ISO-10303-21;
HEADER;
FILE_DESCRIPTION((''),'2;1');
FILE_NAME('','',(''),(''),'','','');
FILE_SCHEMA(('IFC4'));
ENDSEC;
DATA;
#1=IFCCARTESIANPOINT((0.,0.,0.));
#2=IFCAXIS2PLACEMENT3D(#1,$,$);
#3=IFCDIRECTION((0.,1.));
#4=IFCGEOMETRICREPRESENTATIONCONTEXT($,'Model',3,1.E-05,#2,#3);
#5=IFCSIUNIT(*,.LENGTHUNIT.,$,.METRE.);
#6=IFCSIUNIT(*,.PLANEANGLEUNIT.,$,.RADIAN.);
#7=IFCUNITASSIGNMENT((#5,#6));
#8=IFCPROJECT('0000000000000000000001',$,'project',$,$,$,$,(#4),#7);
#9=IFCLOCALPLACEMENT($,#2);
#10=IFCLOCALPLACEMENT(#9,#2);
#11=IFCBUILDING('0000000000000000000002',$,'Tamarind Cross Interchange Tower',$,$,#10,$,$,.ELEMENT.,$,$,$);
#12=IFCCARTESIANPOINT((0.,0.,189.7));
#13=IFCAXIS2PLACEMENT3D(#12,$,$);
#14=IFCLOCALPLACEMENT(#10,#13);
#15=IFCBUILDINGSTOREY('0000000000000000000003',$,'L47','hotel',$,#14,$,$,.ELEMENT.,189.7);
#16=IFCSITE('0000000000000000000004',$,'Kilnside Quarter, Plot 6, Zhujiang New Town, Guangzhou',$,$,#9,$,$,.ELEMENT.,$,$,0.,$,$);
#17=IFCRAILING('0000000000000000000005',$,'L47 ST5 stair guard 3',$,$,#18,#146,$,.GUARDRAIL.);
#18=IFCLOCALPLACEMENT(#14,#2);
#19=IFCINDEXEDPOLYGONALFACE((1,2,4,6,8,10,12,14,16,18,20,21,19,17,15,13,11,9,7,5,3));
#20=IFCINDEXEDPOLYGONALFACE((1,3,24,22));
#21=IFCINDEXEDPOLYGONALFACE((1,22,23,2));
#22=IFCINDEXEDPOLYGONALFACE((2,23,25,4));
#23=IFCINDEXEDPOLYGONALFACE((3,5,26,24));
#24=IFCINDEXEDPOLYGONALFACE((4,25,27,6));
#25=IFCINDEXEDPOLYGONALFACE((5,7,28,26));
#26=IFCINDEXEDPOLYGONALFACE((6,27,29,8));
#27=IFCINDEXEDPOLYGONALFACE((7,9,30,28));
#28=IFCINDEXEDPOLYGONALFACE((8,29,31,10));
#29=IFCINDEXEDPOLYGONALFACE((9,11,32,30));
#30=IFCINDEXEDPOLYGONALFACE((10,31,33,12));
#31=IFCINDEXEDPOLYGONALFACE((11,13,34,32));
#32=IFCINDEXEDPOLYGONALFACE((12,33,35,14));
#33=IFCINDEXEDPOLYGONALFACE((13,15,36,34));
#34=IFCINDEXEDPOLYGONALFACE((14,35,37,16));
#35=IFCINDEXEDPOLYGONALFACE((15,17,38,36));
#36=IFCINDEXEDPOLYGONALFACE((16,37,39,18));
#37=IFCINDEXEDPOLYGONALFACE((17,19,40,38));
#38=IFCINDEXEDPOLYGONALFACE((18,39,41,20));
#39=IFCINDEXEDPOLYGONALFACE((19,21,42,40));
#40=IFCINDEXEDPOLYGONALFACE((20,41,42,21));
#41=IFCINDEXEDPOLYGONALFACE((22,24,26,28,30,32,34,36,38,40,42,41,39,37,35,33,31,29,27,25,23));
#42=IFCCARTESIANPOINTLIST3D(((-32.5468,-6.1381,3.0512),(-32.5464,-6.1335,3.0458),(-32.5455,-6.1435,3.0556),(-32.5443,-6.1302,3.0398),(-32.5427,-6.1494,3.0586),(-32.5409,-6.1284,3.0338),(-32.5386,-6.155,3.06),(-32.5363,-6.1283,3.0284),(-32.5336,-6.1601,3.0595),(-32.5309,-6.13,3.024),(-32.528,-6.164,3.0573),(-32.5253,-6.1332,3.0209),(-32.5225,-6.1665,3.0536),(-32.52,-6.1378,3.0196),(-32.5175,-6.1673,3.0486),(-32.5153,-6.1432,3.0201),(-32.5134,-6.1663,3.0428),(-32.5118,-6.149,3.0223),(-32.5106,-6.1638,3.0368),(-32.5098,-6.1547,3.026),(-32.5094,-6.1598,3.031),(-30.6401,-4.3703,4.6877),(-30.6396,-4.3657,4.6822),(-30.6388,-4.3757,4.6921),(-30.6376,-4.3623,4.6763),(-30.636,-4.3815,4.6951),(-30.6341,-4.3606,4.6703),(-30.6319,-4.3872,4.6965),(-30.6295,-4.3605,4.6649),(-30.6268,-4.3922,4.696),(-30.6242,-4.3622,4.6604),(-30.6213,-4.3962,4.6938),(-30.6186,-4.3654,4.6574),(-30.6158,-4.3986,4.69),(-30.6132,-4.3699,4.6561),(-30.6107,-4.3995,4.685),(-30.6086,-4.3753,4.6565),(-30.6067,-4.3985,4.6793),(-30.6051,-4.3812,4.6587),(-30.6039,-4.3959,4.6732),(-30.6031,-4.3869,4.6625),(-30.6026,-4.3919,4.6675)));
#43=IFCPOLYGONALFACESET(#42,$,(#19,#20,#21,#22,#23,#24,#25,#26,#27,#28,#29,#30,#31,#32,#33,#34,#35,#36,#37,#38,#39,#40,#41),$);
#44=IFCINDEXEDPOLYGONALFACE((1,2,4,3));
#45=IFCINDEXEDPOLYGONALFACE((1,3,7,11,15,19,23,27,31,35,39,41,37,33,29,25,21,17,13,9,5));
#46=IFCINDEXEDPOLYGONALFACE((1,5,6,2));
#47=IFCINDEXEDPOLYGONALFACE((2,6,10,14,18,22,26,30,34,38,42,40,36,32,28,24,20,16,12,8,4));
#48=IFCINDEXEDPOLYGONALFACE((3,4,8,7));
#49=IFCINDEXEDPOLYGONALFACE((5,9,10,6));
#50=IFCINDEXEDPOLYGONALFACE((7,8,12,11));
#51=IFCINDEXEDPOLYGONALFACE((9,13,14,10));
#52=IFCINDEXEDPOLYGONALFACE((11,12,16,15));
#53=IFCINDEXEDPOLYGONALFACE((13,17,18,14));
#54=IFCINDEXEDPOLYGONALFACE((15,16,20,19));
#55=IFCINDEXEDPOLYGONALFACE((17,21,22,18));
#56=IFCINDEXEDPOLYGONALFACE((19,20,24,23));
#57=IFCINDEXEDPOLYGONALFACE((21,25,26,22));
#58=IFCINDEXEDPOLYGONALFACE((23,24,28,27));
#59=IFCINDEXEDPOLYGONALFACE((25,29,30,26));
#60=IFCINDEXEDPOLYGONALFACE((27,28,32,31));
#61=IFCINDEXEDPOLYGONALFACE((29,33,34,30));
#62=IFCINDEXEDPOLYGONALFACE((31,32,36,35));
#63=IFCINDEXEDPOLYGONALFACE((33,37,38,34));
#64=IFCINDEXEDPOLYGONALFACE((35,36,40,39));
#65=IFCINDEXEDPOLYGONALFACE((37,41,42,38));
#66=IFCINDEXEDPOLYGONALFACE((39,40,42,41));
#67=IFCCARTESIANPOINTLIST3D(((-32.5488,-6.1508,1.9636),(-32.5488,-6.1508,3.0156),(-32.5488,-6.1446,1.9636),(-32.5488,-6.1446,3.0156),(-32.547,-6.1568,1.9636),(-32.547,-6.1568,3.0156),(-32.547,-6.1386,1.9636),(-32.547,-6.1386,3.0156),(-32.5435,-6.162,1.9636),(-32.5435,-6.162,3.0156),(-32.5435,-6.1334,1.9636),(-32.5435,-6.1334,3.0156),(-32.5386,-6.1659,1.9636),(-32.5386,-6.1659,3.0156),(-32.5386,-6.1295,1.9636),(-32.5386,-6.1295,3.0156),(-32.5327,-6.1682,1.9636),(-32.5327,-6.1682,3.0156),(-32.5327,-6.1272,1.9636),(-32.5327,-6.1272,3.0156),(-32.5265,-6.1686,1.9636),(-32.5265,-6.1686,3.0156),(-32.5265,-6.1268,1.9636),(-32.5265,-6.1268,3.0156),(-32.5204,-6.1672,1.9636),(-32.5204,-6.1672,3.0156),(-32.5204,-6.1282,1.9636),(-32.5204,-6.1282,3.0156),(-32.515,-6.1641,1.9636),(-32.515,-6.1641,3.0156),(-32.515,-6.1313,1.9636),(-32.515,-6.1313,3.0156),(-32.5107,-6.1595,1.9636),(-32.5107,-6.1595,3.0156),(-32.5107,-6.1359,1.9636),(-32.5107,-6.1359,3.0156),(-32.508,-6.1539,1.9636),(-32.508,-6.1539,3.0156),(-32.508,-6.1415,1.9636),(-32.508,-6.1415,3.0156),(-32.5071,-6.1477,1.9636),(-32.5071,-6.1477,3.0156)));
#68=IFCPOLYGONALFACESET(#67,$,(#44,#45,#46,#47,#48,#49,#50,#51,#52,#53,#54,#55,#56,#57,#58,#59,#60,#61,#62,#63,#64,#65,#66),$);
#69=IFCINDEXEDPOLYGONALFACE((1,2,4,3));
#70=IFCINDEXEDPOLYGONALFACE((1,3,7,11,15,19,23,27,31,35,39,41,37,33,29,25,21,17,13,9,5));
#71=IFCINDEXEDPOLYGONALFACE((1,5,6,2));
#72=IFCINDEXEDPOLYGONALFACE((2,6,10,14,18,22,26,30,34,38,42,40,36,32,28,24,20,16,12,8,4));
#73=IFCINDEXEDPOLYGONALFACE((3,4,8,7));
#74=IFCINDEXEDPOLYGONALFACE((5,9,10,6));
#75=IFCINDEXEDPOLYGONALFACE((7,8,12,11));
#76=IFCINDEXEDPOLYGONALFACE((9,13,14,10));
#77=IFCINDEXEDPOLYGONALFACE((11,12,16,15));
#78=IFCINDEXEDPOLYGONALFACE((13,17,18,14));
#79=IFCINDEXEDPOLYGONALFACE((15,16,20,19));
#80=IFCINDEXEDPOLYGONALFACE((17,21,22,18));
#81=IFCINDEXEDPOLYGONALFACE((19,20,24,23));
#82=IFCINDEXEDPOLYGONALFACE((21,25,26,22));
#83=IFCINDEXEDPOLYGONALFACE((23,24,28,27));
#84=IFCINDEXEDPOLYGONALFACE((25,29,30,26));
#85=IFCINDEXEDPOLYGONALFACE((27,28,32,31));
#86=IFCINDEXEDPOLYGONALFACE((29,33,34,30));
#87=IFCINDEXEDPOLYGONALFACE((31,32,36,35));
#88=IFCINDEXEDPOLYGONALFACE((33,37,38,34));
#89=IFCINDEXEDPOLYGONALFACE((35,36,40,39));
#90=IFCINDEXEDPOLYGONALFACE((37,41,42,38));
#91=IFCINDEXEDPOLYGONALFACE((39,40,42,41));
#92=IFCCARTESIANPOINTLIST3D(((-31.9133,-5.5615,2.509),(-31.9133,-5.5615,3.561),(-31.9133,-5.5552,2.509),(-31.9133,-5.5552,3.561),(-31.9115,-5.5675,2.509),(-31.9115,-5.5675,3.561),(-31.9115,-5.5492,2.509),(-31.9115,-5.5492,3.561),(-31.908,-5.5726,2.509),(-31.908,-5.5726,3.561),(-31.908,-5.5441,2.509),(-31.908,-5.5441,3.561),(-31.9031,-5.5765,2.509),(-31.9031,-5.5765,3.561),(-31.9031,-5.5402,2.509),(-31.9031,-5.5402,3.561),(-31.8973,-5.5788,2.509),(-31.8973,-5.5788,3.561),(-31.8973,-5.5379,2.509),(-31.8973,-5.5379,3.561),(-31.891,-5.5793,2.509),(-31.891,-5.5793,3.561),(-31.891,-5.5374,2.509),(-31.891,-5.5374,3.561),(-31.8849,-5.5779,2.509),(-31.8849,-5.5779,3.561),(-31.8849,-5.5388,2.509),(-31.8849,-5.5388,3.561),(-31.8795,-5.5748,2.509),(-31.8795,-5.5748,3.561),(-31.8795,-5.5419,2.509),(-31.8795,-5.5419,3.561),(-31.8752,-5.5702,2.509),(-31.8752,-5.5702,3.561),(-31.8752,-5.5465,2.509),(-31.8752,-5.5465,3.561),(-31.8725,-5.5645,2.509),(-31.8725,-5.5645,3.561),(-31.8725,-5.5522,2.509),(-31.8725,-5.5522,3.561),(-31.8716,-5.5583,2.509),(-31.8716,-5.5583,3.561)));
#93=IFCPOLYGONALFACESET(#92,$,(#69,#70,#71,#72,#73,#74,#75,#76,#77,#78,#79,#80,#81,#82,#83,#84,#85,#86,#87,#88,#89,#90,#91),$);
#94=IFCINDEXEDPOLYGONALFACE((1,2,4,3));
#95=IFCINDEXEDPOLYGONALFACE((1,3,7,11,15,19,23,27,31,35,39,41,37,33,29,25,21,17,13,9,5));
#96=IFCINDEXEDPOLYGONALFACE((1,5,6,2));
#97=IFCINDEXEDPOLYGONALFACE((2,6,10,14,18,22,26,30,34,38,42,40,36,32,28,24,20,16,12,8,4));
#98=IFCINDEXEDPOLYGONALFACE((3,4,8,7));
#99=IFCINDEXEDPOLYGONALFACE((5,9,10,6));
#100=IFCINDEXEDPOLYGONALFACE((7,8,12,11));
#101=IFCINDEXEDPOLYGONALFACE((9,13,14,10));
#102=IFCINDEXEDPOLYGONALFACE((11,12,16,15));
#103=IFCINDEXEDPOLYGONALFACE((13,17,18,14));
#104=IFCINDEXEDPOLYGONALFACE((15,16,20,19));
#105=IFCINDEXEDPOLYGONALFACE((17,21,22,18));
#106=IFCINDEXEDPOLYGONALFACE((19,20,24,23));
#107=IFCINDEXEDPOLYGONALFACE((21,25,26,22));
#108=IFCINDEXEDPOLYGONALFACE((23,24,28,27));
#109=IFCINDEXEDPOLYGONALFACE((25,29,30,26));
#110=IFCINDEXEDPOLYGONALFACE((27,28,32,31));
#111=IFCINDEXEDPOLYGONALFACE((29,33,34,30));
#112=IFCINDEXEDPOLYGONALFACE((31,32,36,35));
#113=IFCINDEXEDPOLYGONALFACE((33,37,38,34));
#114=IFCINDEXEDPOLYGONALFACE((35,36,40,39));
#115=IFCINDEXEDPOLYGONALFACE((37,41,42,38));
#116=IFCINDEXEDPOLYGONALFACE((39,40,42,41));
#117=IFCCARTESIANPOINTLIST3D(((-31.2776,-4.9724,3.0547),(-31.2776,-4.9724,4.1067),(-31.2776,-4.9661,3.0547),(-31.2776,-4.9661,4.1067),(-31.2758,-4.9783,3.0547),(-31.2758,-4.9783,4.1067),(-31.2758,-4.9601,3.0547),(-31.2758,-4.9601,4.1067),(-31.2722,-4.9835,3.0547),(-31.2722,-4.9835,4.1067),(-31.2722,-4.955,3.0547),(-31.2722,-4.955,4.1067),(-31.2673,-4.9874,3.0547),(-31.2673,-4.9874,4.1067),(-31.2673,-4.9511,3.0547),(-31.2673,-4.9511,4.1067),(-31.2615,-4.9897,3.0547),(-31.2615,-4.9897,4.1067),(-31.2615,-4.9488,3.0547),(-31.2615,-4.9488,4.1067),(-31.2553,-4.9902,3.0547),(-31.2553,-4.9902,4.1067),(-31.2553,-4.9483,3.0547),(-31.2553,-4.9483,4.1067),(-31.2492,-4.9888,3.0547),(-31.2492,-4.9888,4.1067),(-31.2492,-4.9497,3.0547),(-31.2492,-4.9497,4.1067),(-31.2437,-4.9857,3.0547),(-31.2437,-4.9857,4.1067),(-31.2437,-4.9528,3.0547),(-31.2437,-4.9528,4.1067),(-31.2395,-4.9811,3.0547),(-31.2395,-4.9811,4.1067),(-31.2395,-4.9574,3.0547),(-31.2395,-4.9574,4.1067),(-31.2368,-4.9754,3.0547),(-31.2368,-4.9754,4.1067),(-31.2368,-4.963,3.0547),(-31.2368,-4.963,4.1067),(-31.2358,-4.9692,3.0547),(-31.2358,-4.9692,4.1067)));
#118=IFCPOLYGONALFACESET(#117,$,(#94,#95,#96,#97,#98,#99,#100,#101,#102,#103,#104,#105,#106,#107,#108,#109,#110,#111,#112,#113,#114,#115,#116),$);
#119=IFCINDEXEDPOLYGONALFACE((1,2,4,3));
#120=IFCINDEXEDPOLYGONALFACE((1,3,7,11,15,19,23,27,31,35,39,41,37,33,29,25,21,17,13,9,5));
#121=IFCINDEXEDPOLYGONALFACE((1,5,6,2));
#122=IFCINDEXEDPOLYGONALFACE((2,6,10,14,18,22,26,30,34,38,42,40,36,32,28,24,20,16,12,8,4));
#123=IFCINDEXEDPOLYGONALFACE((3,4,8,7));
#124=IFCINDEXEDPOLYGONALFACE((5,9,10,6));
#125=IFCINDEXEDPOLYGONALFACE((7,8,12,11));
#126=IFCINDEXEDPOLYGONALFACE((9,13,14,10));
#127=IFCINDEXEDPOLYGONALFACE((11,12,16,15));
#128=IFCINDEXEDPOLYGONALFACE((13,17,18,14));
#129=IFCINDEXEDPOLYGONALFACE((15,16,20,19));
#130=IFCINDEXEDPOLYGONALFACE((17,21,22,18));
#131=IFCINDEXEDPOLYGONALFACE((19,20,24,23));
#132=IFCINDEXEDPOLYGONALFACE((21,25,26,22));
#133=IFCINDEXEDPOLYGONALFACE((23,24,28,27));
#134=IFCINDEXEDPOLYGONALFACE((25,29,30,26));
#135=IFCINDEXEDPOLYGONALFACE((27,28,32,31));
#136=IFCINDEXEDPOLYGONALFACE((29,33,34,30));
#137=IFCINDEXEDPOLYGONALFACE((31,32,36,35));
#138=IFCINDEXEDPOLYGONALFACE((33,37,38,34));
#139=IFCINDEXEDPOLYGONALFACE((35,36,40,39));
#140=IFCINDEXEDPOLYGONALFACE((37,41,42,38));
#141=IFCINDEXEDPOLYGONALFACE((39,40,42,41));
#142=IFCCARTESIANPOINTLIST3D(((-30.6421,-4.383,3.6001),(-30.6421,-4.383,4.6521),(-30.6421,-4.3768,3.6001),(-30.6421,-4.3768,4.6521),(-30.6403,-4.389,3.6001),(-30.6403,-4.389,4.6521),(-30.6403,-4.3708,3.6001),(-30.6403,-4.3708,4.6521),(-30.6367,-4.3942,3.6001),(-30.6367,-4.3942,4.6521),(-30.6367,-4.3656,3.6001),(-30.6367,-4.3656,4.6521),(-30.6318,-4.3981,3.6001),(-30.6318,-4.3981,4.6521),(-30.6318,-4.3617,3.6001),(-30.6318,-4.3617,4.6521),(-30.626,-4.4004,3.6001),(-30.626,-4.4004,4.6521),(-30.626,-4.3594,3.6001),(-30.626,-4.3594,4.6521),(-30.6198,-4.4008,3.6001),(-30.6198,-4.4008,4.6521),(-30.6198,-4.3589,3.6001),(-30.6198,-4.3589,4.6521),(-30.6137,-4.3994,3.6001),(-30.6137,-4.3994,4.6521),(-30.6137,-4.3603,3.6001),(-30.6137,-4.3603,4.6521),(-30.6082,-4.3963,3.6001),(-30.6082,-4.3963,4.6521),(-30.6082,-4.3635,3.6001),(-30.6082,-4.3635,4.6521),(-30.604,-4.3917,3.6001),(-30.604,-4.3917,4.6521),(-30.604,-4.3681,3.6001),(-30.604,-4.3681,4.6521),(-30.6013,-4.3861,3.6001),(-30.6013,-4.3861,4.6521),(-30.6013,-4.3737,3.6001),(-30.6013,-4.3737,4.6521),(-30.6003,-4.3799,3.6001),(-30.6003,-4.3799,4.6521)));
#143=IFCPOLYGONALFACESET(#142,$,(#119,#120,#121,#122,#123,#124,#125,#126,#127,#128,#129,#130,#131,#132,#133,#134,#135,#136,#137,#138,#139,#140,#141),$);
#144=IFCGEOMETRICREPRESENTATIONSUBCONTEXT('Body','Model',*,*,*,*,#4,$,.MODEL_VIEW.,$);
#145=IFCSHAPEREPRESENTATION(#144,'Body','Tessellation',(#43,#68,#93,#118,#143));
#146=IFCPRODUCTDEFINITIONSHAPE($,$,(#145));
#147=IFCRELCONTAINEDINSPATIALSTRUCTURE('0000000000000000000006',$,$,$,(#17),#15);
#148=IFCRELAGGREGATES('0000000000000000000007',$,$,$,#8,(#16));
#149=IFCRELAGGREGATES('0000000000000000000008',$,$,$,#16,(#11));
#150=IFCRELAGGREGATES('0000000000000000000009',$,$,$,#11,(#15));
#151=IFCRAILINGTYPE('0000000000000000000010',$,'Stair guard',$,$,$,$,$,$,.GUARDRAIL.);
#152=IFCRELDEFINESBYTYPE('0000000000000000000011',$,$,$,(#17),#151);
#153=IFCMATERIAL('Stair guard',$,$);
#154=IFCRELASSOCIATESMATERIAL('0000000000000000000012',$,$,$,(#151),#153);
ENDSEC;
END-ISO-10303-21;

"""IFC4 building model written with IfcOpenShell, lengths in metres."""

from ifc_helpers import new_model, si_unit, direction, frame, origin, origin_2d, place, context, subcontext, project, spatial, circle, extrude, material, type_object, element, save


model = new_model("IFC4")

# Units and contexts
model_context = context("Model", 3, precision=1e-05, world=origin(), true_north=direction((0.0, 1.0)))
body_context = subcontext(model_context, "Body", "Model", "MODEL_VIEW")
ifc_project = project(units=[si_unit("LENGTHUNIT", "METRE"), si_unit("PLANEANGLEUNIT", "RADIAN")], contexts=[model_context])

# Site, building, storey
site_placement = place(None, origin())
site = spatial("IfcSite", under=ifc_project, at=site_placement, Name="Kilnside Quarter, Plot 6, Zhujiang New Town, Guangzhou", CompositionType="ELEMENT", RefElevation=0.0)
building_placement = place(site_placement, origin())
building = spatial("IfcBuilding", under=site, at=building_placement, Name="Tamarind Cross Interchange Tower", CompositionType="ELEMENT")
storey_placement = place(building_placement, frame((0.0, 0.0, 189.7)))
storey = spatial("IfcBuildingStorey", under=building, at=storey_placement, Name="L47", Description="hotel", CompositionType="ELEMENT", Elevation=189.7)

# Railing
ifc_material_1 = material(Name="Stair guard")
railing_type_1 = type_object("IfcRailingType", Name="Stair guard", PredefinedType="GUARDRAIL", material=ifc_material_1)
railing_1_placement = place(storey_placement, frame((-32.5281, -6.1477, 1.9636)))
element("IfcRailing", 1, at=railing_1_placement, inside=storey, type_object=railing_type_1, Name="L47 ST5 stair guard 3", PredefinedType="GUARDRAIL", context=body_context, shape_type="SweptSolid", body=[
    extrude(circle(Radius=0.0239, at=origin_2d()), frame((0.0, 0.0, 1.0762), z_axis=(0.620627, 0.575411, 0.532658), x_axis=(-0.679889, 0.733315, 0.0)), (0.0, 0.0, 1.0), 3.0723),
    extrude(circle(Radius=0.021, at=origin_2d()), origin(), (0.0, 0.0, 1.0), 1.052),
    extrude(circle(Radius=0.021, at=origin_2d()), frame((0.6355, 0.5894, 0.5454)), (0.0, 0.0, 1.0), 1.052),
    extrude(circle(Radius=0.021, at=origin_2d()), frame((1.2712, 1.1785, 1.0911)), (0.0, 0.0, 1.0), 1.052),
    extrude(circle(Radius=0.021, at=origin_2d()), frame((1.9067, 1.7678, 1.6365)), (0.0, 0.0, 1.0), 1.052),
])

save(model, "model.ifc")
